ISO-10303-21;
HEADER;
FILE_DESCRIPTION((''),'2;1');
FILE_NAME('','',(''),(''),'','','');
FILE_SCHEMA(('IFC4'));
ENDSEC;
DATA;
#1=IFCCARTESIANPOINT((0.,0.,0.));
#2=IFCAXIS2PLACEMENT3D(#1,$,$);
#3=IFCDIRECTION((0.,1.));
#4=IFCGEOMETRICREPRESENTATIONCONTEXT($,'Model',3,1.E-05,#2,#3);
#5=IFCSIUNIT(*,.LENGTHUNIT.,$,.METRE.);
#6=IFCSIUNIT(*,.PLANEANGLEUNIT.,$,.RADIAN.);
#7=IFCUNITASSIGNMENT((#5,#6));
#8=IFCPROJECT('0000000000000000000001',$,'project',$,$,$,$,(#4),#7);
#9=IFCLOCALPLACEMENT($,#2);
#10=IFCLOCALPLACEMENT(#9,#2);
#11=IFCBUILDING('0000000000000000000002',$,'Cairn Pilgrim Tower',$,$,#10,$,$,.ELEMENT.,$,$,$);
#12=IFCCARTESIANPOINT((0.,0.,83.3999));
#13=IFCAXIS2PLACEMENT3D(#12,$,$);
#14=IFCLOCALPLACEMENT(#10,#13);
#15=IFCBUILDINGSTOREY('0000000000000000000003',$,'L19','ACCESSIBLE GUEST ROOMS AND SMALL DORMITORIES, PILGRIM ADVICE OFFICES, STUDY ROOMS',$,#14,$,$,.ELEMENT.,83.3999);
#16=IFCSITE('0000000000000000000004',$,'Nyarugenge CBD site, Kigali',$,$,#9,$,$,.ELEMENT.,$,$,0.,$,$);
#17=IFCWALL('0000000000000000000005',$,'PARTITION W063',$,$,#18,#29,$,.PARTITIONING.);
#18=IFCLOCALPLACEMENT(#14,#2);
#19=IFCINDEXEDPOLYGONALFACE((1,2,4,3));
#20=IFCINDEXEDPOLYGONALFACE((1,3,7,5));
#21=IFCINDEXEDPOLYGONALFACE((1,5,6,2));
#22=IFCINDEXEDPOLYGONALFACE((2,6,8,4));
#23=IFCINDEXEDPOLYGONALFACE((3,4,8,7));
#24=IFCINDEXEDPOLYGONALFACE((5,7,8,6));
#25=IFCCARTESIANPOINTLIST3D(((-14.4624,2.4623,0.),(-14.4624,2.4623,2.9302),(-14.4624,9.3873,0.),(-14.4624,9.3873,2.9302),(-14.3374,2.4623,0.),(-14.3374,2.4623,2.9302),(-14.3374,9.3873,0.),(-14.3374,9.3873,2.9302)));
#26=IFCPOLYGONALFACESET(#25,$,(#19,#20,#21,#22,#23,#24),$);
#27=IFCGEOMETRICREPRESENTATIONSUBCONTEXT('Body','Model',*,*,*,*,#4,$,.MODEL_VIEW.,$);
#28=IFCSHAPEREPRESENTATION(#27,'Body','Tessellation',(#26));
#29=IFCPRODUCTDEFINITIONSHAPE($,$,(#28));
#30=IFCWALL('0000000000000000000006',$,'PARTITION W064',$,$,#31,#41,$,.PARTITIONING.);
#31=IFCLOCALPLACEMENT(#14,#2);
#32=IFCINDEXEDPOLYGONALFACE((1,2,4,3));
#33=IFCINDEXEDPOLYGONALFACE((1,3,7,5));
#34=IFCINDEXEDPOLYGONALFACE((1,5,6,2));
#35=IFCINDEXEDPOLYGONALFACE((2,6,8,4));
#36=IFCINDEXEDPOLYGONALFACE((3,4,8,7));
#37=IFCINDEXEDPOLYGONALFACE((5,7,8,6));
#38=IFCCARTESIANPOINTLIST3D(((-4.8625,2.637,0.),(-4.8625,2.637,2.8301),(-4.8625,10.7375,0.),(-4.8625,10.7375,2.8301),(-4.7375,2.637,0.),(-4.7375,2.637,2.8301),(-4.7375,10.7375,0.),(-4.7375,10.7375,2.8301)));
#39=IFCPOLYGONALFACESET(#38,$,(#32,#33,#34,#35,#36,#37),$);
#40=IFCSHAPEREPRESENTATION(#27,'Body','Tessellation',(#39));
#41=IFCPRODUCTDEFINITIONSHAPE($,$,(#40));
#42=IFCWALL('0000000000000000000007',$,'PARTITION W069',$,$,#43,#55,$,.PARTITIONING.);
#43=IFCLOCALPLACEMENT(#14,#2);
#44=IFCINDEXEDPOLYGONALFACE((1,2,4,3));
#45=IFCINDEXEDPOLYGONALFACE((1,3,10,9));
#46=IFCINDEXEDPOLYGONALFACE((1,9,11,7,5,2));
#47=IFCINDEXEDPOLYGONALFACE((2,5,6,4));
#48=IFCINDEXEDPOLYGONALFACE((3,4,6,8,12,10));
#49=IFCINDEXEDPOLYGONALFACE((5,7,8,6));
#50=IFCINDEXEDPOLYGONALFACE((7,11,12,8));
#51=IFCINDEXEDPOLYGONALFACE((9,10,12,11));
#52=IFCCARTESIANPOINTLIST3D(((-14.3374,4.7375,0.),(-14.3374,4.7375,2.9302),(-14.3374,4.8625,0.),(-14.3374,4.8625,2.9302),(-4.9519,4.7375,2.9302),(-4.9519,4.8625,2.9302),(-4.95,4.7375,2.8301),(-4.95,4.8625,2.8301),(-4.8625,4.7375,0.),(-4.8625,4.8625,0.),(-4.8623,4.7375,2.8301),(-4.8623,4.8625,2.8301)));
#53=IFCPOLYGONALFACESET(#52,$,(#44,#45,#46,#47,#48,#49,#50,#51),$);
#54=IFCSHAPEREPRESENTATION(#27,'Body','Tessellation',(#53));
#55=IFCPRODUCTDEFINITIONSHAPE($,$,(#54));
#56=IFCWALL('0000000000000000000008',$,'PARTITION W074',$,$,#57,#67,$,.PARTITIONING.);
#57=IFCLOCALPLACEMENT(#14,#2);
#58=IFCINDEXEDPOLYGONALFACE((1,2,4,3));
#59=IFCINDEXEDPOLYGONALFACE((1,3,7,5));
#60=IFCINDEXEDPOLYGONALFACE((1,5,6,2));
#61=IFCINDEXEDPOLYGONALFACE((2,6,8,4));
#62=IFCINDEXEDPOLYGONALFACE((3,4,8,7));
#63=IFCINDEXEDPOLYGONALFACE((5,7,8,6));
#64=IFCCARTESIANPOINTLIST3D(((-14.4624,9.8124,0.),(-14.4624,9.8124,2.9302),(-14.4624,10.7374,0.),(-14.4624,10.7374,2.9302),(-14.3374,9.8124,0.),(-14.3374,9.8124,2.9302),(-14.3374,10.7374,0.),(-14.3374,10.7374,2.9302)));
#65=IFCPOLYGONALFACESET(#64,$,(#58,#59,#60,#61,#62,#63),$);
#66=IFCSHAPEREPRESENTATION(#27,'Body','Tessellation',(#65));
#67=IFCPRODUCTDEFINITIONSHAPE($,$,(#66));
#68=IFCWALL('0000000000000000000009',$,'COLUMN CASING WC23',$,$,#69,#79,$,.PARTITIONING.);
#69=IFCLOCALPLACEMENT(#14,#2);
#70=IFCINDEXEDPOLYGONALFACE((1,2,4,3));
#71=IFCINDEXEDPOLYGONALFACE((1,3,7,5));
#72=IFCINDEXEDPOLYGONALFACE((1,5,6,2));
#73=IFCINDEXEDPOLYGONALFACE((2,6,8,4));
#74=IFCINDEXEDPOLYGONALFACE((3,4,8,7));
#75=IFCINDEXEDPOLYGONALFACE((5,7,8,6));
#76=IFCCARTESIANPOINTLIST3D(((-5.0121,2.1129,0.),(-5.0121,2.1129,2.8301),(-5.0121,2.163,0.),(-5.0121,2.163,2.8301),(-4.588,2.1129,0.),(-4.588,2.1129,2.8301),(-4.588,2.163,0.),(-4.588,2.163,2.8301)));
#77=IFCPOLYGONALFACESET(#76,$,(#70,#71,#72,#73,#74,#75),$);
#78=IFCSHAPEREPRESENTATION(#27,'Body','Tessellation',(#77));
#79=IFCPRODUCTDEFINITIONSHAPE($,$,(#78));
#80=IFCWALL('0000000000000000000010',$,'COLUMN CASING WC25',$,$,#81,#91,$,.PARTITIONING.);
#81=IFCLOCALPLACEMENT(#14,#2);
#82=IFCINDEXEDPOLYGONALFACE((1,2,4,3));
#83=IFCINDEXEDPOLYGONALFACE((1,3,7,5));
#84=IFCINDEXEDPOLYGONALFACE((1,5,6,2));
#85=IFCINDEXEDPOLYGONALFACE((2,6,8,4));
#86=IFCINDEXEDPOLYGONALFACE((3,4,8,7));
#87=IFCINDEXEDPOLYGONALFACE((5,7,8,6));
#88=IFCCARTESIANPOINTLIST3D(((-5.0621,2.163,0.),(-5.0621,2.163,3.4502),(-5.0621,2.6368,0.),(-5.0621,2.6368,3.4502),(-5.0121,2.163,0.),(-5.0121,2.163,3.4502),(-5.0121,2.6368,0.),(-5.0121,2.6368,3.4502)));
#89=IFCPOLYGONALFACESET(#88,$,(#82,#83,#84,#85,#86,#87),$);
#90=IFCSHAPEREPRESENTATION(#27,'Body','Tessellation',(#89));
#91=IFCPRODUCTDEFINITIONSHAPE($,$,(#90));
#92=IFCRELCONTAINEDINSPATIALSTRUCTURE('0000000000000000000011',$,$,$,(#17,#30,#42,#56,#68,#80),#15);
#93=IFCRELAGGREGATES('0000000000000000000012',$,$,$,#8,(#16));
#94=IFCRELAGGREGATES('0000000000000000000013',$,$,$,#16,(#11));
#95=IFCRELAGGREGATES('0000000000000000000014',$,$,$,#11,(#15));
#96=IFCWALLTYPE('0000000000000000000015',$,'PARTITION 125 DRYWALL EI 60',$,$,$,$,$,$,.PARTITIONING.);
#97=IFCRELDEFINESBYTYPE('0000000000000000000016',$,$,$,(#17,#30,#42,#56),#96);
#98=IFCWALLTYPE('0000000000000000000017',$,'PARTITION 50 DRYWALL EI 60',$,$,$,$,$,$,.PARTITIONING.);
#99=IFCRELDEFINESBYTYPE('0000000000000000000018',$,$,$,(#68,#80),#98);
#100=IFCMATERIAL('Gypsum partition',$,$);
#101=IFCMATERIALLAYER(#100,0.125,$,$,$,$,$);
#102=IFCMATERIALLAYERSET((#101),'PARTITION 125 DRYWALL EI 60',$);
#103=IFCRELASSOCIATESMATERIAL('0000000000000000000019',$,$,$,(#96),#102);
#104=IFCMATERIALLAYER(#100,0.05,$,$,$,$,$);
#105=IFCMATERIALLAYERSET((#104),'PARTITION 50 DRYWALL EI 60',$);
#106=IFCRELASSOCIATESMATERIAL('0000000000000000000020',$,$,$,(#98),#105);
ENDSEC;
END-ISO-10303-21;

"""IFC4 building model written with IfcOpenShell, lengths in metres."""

from ifc_helpers import new_model, si_unit, direction, frame, frame_2d, origin, place, context, subcontext, project, spatial, polyline, rectangle, outline, extrude, material, layer, layer_set, type_object, element, save


model = new_model("IFC4")

# Units and contexts
model_context = context("Model", 3, precision=1e-05, world=origin(), true_north=direction((0.0, 1.0)))
body_context = subcontext(model_context, "Body", "Model", "MODEL_VIEW")
ifc_project = project(units=[si_unit("LENGTHUNIT", "METRE"), si_unit("PLANEANGLEUNIT", "RADIAN")], contexts=[model_context])

# Site, building, storey
site_placement = place(None, origin())
site = spatial("IfcSite", under=ifc_project, at=site_placement, Name="Nyarugenge CBD site, Kigali", CompositionType="ELEMENT", RefElevation=0.0)
building_placement = place(site_placement, origin())
building = spatial("IfcBuilding", under=site, at=building_placement, Name="Cairn Pilgrim Tower", CompositionType="ELEMENT")
storey_placement = place(building_placement, frame((0.0, 0.0, 83.3999)))
storey = spatial("IfcBuildingStorey", under=building, at=storey_placement, Name="L19", Description="ACCESSIBLE GUEST ROOMS AND SMALL DORMITORIES, PILGRIM ADVICE OFFICES, STUDY ROOMS", CompositionType="ELEMENT", Elevation=83.3999)

# Shared definitions
ifc_material_1 = material(Name="Gypsum partition")
ifc_layer_1 = layer(ifc_material_1, 0.125)
ifc_layer_set_1 = layer_set([ifc_layer_1], Name="PARTITION 125 DRYWALL EI 60")
wall_type_1 = type_object("IfcWallType", Name="PARTITION 125 DRYWALL EI 60", PredefinedType="PARTITIONING", material=ifc_layer_set_1)

# Walls
wall_1_placement = place(storey_placement, frame((-14.3999, 2.4624, 0.0), z_axis=(0.0, 0.0, 1.0), x_axis=(0.0, 1.0, 0.0)))
element("IfcWall", 1, at=wall_1_placement, inside=storey, type_object=wall_type_1, Name="PARTITION W063", PredefinedType="PARTITIONING", context=body_context, shape_type="SweptSolid", body=[
    extrude(rectangle(XDim=6.925, YDim=0.125, at=frame_2d((3.4624, 0.0))), origin(), (0.0, 0.0, 1.0), 2.9302),
])
wall_2_placement = place(storey_placement, frame((-4.8, 2.637, 0.0), z_axis=(0.0, 0.0, 1.0), x_axis=(0.0, 1.0, 0.0)))
element("IfcWall", 2, at=wall_2_placement, inside=storey, type_object=wall_type_1, Name="PARTITION W064", PredefinedType="PARTITIONING", context=body_context, shape_type="SweptSolid", body=[
    extrude(rectangle(XDim=8.1006, YDim=0.125, at=frame_2d((4.0503, 0.0))), origin(), (0.0, 0.0, 1.0), 2.8301),
])
wall_3_placement = place(storey_placement, frame((-14.3374, 4.8, 0.0), z_axis=(0.0, 0.0, 1.0), x_axis=(1.0, 0.0, 0.0)))
element("IfcWall", 3, at=wall_3_placement, inside=storey, type_object=wall_type_1, Name="PARTITION W069", PredefinedType="PARTITIONING", context=body_context, shape_type="SweptSolid", body=[
    extrude(outline(polyline([(0.0, 0.0), (9.4749, 0.0), (9.4751, 2.8301), (9.3875, 2.8301), (9.3855, 2.9302), (0.0, 2.9302), (0.0, 0.0)])), frame((0.0, 0.0625, 0.0), z_axis=(0.0, -1.0, 0.0), x_axis=(1.0, 0.0, 0.0)), (0.0, 0.0, 1.0), 0.125),
])
wall_4_placement = place(storey_placement, frame((-14.3999, 9.8125, 0.0), z_axis=(0.0, 0.0, 1.0), x_axis=(0.0, 1.0, 0.0)))
element("IfcWall", 4, at=wall_4_placement, inside=storey, type_object=wall_type_1, Name="PARTITION W074", PredefinedType="PARTITIONING", context=body_context, shape_type="SweptSolid", body=[
    extrude(rectangle(XDim=0.925, YDim=0.125, at=frame_2d((0.4624, 0.0))), origin(), (0.0, 0.0, 1.0), 2.9302),
])
ifc_layer_2 = layer(ifc_material_1, 0.05)
ifc_layer_set_2 = layer_set([ifc_layer_2], Name="PARTITION 50 DRYWALL EI 60")
wall_type_2 = type_object("IfcWallType", Name="PARTITION 50 DRYWALL EI 60", PredefinedType="PARTITIONING", material=ifc_layer_set_2)
wall_5_placement = place(storey_placement, frame((-5.012, 2.1379, 0.0), z_axis=(0.0, 0.0, 1.0), x_axis=(1.0, 0.0, 0.0)))
element("IfcWall", 5, at=wall_5_placement, inside=storey, type_object=wall_type_2, Name="COLUMN CASING WC23", PredefinedType="PARTITIONING", context=body_context, shape_type="SweptSolid", body=[
    extrude(rectangle(XDim=0.4241, YDim=0.05, at=frame_2d((0.2119, 0.0))), origin(), (0.0, 0.0, 1.0), 2.8301),
])
wall_6_placement = place(storey_placement, frame((-5.0371, 2.1631, 0.0), z_axis=(0.0, 0.0, 1.0), x_axis=(0.0, 1.0, 0.0)))
element("IfcWall", 6, at=wall_6_placement, inside=storey, type_object=wall_type_2, Name="COLUMN CASING WC25", PredefinedType="PARTITIONING", context=body_context, shape_type="SweptSolid", body=[
    extrude(rectangle(XDim=0.4739, YDim=0.05, at=frame_2d((0.2368, 0.0))), origin(), (0.0, 0.0, 1.0), 3.4502),
])

save(model, "model.ifc")
